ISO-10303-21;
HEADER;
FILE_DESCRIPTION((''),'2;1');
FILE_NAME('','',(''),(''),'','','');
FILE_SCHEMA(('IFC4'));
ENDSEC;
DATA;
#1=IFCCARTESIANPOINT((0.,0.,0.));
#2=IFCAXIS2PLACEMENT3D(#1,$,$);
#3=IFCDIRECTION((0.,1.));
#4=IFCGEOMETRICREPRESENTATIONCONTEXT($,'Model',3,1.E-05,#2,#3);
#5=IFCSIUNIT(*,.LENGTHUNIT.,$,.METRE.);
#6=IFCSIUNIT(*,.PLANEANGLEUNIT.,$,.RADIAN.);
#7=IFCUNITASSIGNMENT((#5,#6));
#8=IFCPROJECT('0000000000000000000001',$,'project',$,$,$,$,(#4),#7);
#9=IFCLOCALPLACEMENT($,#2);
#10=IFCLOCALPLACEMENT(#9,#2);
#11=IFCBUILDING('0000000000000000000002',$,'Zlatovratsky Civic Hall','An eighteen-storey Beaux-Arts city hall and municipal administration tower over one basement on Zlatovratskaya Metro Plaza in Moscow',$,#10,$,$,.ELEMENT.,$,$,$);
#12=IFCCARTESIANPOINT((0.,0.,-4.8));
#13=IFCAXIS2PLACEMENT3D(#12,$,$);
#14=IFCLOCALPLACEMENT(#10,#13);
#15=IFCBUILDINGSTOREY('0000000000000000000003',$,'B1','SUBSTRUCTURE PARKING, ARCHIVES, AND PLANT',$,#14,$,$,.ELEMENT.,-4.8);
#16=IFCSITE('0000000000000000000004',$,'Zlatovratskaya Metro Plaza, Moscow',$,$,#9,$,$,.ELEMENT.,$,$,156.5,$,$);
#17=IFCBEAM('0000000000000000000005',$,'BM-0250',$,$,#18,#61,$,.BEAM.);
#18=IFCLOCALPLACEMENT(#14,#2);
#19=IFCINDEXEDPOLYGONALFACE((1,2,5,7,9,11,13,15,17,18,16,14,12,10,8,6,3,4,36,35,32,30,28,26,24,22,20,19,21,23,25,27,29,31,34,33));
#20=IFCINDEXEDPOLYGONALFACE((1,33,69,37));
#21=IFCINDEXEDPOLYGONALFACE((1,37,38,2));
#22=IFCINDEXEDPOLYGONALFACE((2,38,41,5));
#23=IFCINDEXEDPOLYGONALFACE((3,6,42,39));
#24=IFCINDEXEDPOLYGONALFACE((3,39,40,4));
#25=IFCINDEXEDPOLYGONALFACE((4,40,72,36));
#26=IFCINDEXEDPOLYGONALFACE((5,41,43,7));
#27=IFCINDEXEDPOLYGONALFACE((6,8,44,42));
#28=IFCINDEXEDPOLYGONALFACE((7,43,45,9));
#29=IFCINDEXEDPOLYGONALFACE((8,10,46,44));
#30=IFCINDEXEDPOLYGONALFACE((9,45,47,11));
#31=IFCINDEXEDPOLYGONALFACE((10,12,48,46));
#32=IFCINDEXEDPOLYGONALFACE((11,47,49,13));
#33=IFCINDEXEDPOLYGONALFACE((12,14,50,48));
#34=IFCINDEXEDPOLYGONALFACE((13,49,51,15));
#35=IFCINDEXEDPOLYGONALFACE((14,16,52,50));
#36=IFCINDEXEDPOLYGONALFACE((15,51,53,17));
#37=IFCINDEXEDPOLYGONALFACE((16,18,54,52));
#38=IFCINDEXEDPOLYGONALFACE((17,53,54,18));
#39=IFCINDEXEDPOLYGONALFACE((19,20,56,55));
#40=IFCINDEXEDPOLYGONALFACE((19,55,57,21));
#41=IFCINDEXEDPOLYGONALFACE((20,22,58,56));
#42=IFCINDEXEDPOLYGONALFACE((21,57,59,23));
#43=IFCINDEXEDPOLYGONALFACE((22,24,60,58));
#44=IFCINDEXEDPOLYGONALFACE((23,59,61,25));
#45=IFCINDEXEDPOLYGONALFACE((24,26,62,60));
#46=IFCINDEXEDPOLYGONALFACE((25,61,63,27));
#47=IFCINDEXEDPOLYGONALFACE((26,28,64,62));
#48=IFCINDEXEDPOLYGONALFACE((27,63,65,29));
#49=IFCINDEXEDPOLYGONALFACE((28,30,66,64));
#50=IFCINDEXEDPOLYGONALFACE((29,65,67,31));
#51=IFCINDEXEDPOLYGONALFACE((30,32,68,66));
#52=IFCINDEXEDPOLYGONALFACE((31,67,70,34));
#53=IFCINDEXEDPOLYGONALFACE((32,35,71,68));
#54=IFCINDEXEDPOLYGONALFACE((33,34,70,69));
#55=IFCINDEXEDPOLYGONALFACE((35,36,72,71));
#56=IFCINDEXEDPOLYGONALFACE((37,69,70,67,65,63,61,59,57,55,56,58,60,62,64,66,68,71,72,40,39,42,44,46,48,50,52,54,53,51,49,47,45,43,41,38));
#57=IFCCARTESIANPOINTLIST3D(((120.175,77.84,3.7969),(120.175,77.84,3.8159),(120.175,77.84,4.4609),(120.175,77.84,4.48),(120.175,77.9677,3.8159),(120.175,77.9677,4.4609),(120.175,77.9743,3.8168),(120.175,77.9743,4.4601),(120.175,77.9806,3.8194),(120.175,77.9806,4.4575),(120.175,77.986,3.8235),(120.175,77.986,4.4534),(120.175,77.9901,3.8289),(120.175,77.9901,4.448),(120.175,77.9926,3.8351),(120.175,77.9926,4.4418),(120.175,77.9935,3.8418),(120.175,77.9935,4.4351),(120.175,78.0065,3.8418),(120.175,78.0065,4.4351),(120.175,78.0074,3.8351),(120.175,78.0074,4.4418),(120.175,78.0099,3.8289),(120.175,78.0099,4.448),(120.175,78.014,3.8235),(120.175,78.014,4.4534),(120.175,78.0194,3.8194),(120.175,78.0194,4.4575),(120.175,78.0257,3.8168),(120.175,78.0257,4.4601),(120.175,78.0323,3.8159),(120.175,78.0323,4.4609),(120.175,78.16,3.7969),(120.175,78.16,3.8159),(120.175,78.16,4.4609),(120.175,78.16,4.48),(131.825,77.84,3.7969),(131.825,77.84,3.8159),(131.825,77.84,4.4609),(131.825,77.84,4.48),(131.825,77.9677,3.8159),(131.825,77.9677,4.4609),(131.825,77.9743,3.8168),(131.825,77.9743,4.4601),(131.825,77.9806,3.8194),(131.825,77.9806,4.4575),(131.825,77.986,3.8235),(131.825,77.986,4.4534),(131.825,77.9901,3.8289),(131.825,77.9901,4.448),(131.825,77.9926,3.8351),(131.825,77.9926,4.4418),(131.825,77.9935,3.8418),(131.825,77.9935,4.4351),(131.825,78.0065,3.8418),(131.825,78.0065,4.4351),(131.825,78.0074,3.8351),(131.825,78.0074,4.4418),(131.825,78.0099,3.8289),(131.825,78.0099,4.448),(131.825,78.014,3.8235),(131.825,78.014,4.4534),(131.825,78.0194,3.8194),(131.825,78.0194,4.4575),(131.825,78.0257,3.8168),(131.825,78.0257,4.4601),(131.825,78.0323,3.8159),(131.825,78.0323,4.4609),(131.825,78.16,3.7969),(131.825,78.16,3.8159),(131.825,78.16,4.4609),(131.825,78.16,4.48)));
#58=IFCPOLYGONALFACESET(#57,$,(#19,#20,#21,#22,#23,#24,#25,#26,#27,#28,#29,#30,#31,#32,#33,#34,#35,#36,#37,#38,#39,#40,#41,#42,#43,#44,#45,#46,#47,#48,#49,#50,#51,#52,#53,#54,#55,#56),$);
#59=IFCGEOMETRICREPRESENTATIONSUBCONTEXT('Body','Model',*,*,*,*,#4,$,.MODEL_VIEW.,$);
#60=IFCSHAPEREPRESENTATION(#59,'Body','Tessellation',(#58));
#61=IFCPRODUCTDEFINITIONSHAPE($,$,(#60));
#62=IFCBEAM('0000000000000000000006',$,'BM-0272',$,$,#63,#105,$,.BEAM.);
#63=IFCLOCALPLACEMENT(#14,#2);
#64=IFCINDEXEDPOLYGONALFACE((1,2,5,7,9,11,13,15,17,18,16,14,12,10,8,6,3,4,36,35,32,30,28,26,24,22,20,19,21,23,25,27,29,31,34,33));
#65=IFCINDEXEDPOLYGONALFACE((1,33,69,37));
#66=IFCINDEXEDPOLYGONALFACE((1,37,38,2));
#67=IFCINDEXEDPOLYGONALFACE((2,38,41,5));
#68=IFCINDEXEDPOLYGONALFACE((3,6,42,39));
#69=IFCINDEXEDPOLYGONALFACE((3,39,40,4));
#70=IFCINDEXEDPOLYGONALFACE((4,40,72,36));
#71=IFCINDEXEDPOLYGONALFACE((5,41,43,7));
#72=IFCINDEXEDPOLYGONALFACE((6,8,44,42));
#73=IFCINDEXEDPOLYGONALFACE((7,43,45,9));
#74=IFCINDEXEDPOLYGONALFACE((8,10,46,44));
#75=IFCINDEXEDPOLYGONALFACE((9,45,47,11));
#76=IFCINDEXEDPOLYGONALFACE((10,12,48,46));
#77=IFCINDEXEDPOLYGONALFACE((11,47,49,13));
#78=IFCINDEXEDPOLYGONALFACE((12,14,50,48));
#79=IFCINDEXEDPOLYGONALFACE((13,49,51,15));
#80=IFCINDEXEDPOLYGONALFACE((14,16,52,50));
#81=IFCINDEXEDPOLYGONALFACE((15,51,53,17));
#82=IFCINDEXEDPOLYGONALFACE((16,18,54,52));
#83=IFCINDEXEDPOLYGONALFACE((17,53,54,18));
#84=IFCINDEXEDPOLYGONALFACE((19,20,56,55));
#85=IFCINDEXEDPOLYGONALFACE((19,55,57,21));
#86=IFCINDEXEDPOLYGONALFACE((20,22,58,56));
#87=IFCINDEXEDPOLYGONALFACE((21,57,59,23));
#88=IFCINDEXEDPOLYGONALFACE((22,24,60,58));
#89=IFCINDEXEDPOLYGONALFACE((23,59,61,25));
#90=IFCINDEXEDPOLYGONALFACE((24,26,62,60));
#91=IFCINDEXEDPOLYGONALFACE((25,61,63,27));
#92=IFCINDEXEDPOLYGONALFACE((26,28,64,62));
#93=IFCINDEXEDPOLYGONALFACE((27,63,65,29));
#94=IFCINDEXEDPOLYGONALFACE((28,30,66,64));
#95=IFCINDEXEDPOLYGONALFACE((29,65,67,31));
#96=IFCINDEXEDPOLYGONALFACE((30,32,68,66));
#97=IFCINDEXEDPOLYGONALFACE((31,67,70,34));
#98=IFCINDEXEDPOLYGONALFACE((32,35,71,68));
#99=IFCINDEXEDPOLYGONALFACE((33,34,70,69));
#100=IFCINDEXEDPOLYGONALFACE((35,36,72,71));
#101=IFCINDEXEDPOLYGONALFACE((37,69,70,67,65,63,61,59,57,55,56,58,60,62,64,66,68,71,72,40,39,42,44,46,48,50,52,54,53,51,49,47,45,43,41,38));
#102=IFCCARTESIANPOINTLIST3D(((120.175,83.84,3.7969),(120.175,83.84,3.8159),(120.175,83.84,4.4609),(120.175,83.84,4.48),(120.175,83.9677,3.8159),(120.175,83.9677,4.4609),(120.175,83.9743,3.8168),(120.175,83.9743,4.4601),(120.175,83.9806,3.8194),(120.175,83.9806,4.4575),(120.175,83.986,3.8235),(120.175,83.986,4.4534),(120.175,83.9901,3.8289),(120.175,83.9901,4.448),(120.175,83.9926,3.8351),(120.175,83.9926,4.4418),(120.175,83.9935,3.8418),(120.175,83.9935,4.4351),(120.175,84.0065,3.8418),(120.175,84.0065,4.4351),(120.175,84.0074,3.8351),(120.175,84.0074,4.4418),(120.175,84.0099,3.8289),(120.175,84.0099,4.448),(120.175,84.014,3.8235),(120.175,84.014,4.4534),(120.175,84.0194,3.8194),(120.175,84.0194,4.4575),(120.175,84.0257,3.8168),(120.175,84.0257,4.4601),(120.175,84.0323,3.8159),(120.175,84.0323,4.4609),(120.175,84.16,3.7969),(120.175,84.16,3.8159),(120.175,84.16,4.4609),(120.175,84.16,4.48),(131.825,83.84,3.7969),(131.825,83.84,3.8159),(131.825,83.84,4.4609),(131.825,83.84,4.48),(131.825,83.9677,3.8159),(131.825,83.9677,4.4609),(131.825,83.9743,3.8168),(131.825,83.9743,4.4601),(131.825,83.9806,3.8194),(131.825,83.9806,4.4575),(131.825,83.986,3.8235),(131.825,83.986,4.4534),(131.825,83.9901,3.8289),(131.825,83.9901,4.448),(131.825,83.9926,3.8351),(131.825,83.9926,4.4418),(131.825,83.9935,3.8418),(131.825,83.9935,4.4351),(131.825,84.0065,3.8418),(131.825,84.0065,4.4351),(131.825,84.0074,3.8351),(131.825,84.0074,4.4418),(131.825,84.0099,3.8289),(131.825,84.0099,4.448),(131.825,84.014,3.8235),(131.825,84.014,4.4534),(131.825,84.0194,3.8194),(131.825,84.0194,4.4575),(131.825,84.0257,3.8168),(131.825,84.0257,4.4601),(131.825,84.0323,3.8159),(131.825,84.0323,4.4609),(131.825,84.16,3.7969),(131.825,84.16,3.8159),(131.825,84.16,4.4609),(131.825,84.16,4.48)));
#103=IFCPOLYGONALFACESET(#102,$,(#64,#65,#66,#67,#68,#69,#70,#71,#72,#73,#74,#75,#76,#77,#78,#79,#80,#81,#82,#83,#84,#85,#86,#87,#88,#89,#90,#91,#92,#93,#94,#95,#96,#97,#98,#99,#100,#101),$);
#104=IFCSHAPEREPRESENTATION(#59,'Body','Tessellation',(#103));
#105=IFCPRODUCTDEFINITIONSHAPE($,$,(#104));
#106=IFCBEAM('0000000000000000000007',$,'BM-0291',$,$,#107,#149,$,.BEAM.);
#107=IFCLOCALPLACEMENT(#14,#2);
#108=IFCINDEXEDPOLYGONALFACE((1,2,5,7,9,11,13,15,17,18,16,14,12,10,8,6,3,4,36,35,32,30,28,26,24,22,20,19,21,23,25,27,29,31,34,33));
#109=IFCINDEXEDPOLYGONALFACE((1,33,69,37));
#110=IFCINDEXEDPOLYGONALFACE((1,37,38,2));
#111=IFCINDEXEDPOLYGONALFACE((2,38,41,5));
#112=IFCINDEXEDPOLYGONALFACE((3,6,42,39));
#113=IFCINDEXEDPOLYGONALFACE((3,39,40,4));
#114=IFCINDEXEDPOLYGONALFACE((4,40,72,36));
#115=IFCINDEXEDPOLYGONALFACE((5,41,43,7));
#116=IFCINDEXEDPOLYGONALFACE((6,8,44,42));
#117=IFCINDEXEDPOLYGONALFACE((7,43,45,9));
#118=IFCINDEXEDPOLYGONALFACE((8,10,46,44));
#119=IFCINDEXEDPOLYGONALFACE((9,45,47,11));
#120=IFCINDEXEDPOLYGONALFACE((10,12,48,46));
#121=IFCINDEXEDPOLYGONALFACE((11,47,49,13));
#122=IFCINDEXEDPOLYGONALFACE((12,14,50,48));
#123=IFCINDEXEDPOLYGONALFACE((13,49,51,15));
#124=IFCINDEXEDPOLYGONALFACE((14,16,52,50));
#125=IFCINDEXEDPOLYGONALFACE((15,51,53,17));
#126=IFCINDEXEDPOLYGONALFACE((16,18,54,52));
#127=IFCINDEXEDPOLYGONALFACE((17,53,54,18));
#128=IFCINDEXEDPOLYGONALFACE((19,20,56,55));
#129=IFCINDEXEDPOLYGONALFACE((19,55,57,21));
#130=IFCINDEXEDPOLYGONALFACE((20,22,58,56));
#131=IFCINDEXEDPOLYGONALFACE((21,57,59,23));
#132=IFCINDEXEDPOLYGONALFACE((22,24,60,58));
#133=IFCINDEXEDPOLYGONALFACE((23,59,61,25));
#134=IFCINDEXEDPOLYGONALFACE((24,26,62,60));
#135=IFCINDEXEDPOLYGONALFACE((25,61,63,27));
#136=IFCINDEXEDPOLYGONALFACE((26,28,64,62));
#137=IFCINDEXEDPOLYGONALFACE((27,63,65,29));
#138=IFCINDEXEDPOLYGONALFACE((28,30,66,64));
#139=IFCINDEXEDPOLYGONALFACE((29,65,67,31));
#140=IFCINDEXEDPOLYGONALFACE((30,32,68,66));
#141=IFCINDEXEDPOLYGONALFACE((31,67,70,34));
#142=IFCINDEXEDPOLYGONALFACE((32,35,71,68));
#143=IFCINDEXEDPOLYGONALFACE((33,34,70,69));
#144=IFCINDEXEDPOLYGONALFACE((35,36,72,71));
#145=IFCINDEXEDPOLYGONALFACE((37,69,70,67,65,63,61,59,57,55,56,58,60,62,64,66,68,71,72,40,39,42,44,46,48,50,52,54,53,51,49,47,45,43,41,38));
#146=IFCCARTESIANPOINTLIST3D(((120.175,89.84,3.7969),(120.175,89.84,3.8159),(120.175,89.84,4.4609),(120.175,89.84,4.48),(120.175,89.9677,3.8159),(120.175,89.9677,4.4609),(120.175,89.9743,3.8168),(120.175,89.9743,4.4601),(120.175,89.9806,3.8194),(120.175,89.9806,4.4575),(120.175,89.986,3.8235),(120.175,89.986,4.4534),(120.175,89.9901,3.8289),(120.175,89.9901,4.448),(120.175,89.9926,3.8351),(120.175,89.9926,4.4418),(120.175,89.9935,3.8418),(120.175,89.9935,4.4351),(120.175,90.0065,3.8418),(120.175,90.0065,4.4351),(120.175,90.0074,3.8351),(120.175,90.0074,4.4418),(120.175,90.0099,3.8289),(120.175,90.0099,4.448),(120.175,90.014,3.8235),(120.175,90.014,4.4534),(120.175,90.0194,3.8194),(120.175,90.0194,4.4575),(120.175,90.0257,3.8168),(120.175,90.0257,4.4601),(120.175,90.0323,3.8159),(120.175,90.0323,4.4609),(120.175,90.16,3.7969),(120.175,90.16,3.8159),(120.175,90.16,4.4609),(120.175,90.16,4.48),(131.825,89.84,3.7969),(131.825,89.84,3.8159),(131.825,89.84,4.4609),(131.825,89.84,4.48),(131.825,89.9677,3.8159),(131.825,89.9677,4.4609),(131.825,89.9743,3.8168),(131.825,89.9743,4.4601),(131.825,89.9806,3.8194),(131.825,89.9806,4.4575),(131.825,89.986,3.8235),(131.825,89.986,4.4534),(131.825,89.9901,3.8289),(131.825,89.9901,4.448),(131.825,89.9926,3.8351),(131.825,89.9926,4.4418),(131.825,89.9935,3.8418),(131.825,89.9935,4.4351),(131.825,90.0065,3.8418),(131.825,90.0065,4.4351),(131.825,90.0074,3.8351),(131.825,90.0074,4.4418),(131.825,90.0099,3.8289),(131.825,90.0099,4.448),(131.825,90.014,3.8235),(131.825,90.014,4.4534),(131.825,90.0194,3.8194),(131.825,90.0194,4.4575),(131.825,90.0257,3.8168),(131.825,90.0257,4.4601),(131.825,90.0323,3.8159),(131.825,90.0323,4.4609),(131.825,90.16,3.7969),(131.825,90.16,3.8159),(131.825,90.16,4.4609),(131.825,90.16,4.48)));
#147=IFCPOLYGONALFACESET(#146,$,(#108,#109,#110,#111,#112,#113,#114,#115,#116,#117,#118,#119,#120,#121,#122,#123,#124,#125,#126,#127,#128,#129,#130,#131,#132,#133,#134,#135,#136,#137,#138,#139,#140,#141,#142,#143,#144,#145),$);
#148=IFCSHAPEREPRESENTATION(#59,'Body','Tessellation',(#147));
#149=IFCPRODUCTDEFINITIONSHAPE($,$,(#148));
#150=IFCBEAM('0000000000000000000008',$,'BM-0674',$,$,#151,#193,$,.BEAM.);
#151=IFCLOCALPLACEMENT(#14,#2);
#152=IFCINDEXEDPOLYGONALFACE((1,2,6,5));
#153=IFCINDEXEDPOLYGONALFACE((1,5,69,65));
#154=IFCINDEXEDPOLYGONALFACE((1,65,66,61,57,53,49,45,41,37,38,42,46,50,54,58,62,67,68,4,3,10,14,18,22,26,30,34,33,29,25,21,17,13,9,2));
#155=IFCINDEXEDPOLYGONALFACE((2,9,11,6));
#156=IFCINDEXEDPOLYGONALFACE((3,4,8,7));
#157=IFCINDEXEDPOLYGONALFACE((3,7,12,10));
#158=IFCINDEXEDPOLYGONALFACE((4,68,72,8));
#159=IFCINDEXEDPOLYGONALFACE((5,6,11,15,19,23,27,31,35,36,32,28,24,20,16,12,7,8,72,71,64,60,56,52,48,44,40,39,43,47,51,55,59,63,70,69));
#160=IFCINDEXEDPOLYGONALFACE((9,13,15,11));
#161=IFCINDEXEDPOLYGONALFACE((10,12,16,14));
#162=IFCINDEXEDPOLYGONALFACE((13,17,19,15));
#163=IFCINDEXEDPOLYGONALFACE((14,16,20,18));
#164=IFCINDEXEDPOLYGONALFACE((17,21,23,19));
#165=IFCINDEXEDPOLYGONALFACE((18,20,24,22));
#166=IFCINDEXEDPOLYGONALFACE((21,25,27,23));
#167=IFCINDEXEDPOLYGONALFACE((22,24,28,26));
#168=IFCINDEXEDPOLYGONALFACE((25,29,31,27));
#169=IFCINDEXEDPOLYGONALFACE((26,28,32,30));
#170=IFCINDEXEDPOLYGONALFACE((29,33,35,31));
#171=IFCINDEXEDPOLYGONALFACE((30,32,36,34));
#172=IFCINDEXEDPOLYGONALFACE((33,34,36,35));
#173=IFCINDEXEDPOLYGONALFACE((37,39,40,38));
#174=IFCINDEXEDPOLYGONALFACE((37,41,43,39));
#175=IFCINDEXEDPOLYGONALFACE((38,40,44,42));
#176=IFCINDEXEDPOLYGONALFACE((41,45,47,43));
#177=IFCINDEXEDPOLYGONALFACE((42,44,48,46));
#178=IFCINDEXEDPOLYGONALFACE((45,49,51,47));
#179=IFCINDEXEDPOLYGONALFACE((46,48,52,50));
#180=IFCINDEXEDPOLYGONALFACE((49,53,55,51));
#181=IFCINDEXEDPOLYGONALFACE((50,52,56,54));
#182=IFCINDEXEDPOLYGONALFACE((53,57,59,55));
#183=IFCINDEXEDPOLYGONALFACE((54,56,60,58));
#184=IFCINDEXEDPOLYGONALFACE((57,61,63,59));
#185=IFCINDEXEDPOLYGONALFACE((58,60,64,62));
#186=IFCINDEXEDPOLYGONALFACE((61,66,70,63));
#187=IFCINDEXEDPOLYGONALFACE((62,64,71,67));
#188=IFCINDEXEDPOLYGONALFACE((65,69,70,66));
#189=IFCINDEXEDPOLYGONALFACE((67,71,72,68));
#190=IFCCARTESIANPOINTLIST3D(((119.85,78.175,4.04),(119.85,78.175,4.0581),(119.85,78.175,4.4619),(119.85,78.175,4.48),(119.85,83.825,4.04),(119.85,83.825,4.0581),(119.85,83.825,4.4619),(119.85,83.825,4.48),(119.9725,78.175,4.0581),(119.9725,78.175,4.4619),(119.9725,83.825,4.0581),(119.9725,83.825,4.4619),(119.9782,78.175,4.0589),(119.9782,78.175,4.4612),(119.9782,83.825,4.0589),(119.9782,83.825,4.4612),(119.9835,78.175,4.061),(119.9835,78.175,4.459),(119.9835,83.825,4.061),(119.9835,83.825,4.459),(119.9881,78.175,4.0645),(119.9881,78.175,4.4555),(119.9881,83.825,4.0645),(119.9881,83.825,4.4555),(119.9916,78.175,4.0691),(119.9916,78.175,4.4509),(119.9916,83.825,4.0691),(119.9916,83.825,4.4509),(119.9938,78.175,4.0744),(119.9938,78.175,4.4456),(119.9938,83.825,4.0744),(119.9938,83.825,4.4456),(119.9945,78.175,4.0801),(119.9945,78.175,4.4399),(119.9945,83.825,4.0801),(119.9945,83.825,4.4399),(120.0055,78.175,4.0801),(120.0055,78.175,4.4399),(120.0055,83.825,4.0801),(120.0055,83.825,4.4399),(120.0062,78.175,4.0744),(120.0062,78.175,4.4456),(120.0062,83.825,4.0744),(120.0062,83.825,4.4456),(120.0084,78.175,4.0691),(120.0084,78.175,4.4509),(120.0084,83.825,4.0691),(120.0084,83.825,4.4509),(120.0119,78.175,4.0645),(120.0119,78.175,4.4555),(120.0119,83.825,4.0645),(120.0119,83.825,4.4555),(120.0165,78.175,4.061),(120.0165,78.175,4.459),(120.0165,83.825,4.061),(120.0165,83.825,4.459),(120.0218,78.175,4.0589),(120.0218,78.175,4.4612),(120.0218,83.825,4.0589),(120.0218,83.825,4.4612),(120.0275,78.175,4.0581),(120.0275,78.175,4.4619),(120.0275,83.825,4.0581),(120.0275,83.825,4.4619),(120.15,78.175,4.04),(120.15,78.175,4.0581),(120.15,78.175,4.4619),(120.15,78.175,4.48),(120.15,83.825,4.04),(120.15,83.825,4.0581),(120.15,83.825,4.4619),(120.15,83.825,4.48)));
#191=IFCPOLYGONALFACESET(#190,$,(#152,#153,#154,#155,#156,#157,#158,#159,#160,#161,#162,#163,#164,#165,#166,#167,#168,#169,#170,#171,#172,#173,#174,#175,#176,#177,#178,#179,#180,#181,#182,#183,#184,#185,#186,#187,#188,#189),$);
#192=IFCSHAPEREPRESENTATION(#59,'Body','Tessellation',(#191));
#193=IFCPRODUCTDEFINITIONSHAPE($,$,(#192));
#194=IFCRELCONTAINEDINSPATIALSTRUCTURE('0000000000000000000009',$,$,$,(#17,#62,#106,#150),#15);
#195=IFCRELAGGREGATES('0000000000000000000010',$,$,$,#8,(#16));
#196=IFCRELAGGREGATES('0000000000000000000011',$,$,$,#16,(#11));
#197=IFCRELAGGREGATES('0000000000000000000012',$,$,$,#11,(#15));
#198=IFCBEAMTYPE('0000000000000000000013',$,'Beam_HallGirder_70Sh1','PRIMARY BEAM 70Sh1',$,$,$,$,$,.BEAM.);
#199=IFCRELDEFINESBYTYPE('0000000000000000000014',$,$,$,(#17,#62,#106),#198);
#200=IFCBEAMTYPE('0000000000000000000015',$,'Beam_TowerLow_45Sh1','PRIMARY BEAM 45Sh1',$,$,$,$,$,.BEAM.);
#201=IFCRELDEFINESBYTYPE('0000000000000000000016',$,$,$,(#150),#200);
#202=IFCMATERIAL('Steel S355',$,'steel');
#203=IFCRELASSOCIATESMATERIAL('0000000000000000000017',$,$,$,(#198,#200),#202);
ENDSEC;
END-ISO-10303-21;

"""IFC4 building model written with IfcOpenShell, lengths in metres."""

from ifc_helpers import new_model, si_unit, direction, frame, origin, origin_2d, place, context, subcontext, project, spatial, i_section, extrude, material, material_profile, profile_set, type_object, element, save


model = new_model("IFC4")

# Units and contexts
model_context = context("Model", 3, precision=1e-05, world=origin(), true_north=direction((0.0, 1.0)))
body_context = subcontext(model_context, "Body", "Model", "MODEL_VIEW")
ifc_project = project(units=[si_unit("LENGTHUNIT", "METRE"), si_unit("PLANEANGLEUNIT", "RADIAN")], contexts=[model_context])

# Site, building, storey
site_placement = place(None, origin())
site = spatial("IfcSite", under=ifc_project, at=site_placement, Name="Zlatovratskaya Metro Plaza, Moscow", CompositionType="ELEMENT", RefElevation=156.5)
building_placement = place(site_placement, origin())
building = spatial("IfcBuilding", under=site, at=building_placement, Name="Zlatovratsky Civic Hall", Description="An eighteen-storey Beaux-Arts city hall and municipal administration tower over one basement on Zlatovratskaya Metro Plaza in Moscow", CompositionType="ELEMENT")
storey_placement = place(building_placement, frame((0.0, 0.0, -4.8)))
storey = spatial("IfcBuildingStorey", under=building, at=storey_placement, Name="B1", Description="SUBSTRUCTURE PARKING, ARCHIVES, AND PLANT", CompositionType="ELEMENT", Elevation=-4.8)

# Shared definitions
ifc_material_1 = material(Name="Steel S355", Category="steel")

# Beams
ifc_material_profile_1 = material_profile(ifc_material_1, i_section(OverallWidth=0.3201, OverallDepth=0.6831, WebThickness=0.0129, FlangeThickness=0.019, FilletRadius=0.0259, at=origin_2d()), Name="70Sh1")
ifc_profile_set_1 = profile_set([ifc_material_profile_1], Name="Steel S355")
beam_type_1 = type_object("IfcBeamType", Name="Beam_HallGirder_70Sh1", Description="PRIMARY BEAM 70Sh1", PredefinedType="BEAM", material=ifc_profile_set_1)
for number, where, z_axis, x_axis, name in (
    (1, (120.175, 78.0, 4.1384), (1.0, 0.0, 0.0), (0.0, 1.0, 0.0), "BM-0250"),
    (2, (120.175, 84.0, 4.1384), (1.0, 0.0, 0.0), (0.0, 1.0, 0.0), "BM-0272"),
    (3, (120.175, 90.0, 4.1384), (1.0, 0.0, 0.0), (0.0, 1.0, 0.0), "BM-0291"),
):
    element("IfcBeam", number, at=place(storey_placement, frame(where, z_axis=z_axis, x_axis=x_axis)), inside=storey, type_object=beam_type_1, Name=name, PredefinedType="BEAM", context=body_context, shape_type="SweptSolid", body=[
        extrude(i_section(OverallWidth=0.3201, OverallDepth=0.6831, WebThickness=0.0129, FlangeThickness=0.019, FilletRadius=0.0259, at=origin_2d()), origin(), (0.0, 0.0, 1.0), 11.6499),
    ])
ifc_material_profile_2 = material_profile(ifc_material_1, i_section(OverallWidth=0.3, OverallDepth=0.4399, WebThickness=0.011, FlangeThickness=0.0181, FilletRadius=0.022, at=origin_2d()), Name="45Sh1")
ifc_profile_set_2 = profile_set([ifc_material_profile_2], Name="Steel S355")
beam_type_2 = type_object("IfcBeamType", Name="Beam_TowerLow_45Sh1", Description="PRIMARY BEAM 45Sh1", PredefinedType="BEAM", material=ifc_profile_set_2)
for number, where, z_axis, x_axis, name in (
    (4, (120.0, 78.175, 4.26), (0.0, 1.0, 0.0), (-1.0, 0.0, 0.0), "BM-0674"),
):
    element("IfcBeam", number, at=place(storey_placement, frame(where, z_axis=z_axis, x_axis=x_axis)), inside=storey, type_object=beam_type_2, Name=name, PredefinedType="BEAM", context=body_context, shape_type="SweptSolid", body=[
        extrude(i_section(OverallWidth=0.3, OverallDepth=0.4399, WebThickness=0.011, FlangeThickness=0.0181, FilletRadius=0.022, at=origin_2d()), origin(), (0.0, 0.0, 1.0), 5.6499),
    ])

save(model, "model.ifc")
